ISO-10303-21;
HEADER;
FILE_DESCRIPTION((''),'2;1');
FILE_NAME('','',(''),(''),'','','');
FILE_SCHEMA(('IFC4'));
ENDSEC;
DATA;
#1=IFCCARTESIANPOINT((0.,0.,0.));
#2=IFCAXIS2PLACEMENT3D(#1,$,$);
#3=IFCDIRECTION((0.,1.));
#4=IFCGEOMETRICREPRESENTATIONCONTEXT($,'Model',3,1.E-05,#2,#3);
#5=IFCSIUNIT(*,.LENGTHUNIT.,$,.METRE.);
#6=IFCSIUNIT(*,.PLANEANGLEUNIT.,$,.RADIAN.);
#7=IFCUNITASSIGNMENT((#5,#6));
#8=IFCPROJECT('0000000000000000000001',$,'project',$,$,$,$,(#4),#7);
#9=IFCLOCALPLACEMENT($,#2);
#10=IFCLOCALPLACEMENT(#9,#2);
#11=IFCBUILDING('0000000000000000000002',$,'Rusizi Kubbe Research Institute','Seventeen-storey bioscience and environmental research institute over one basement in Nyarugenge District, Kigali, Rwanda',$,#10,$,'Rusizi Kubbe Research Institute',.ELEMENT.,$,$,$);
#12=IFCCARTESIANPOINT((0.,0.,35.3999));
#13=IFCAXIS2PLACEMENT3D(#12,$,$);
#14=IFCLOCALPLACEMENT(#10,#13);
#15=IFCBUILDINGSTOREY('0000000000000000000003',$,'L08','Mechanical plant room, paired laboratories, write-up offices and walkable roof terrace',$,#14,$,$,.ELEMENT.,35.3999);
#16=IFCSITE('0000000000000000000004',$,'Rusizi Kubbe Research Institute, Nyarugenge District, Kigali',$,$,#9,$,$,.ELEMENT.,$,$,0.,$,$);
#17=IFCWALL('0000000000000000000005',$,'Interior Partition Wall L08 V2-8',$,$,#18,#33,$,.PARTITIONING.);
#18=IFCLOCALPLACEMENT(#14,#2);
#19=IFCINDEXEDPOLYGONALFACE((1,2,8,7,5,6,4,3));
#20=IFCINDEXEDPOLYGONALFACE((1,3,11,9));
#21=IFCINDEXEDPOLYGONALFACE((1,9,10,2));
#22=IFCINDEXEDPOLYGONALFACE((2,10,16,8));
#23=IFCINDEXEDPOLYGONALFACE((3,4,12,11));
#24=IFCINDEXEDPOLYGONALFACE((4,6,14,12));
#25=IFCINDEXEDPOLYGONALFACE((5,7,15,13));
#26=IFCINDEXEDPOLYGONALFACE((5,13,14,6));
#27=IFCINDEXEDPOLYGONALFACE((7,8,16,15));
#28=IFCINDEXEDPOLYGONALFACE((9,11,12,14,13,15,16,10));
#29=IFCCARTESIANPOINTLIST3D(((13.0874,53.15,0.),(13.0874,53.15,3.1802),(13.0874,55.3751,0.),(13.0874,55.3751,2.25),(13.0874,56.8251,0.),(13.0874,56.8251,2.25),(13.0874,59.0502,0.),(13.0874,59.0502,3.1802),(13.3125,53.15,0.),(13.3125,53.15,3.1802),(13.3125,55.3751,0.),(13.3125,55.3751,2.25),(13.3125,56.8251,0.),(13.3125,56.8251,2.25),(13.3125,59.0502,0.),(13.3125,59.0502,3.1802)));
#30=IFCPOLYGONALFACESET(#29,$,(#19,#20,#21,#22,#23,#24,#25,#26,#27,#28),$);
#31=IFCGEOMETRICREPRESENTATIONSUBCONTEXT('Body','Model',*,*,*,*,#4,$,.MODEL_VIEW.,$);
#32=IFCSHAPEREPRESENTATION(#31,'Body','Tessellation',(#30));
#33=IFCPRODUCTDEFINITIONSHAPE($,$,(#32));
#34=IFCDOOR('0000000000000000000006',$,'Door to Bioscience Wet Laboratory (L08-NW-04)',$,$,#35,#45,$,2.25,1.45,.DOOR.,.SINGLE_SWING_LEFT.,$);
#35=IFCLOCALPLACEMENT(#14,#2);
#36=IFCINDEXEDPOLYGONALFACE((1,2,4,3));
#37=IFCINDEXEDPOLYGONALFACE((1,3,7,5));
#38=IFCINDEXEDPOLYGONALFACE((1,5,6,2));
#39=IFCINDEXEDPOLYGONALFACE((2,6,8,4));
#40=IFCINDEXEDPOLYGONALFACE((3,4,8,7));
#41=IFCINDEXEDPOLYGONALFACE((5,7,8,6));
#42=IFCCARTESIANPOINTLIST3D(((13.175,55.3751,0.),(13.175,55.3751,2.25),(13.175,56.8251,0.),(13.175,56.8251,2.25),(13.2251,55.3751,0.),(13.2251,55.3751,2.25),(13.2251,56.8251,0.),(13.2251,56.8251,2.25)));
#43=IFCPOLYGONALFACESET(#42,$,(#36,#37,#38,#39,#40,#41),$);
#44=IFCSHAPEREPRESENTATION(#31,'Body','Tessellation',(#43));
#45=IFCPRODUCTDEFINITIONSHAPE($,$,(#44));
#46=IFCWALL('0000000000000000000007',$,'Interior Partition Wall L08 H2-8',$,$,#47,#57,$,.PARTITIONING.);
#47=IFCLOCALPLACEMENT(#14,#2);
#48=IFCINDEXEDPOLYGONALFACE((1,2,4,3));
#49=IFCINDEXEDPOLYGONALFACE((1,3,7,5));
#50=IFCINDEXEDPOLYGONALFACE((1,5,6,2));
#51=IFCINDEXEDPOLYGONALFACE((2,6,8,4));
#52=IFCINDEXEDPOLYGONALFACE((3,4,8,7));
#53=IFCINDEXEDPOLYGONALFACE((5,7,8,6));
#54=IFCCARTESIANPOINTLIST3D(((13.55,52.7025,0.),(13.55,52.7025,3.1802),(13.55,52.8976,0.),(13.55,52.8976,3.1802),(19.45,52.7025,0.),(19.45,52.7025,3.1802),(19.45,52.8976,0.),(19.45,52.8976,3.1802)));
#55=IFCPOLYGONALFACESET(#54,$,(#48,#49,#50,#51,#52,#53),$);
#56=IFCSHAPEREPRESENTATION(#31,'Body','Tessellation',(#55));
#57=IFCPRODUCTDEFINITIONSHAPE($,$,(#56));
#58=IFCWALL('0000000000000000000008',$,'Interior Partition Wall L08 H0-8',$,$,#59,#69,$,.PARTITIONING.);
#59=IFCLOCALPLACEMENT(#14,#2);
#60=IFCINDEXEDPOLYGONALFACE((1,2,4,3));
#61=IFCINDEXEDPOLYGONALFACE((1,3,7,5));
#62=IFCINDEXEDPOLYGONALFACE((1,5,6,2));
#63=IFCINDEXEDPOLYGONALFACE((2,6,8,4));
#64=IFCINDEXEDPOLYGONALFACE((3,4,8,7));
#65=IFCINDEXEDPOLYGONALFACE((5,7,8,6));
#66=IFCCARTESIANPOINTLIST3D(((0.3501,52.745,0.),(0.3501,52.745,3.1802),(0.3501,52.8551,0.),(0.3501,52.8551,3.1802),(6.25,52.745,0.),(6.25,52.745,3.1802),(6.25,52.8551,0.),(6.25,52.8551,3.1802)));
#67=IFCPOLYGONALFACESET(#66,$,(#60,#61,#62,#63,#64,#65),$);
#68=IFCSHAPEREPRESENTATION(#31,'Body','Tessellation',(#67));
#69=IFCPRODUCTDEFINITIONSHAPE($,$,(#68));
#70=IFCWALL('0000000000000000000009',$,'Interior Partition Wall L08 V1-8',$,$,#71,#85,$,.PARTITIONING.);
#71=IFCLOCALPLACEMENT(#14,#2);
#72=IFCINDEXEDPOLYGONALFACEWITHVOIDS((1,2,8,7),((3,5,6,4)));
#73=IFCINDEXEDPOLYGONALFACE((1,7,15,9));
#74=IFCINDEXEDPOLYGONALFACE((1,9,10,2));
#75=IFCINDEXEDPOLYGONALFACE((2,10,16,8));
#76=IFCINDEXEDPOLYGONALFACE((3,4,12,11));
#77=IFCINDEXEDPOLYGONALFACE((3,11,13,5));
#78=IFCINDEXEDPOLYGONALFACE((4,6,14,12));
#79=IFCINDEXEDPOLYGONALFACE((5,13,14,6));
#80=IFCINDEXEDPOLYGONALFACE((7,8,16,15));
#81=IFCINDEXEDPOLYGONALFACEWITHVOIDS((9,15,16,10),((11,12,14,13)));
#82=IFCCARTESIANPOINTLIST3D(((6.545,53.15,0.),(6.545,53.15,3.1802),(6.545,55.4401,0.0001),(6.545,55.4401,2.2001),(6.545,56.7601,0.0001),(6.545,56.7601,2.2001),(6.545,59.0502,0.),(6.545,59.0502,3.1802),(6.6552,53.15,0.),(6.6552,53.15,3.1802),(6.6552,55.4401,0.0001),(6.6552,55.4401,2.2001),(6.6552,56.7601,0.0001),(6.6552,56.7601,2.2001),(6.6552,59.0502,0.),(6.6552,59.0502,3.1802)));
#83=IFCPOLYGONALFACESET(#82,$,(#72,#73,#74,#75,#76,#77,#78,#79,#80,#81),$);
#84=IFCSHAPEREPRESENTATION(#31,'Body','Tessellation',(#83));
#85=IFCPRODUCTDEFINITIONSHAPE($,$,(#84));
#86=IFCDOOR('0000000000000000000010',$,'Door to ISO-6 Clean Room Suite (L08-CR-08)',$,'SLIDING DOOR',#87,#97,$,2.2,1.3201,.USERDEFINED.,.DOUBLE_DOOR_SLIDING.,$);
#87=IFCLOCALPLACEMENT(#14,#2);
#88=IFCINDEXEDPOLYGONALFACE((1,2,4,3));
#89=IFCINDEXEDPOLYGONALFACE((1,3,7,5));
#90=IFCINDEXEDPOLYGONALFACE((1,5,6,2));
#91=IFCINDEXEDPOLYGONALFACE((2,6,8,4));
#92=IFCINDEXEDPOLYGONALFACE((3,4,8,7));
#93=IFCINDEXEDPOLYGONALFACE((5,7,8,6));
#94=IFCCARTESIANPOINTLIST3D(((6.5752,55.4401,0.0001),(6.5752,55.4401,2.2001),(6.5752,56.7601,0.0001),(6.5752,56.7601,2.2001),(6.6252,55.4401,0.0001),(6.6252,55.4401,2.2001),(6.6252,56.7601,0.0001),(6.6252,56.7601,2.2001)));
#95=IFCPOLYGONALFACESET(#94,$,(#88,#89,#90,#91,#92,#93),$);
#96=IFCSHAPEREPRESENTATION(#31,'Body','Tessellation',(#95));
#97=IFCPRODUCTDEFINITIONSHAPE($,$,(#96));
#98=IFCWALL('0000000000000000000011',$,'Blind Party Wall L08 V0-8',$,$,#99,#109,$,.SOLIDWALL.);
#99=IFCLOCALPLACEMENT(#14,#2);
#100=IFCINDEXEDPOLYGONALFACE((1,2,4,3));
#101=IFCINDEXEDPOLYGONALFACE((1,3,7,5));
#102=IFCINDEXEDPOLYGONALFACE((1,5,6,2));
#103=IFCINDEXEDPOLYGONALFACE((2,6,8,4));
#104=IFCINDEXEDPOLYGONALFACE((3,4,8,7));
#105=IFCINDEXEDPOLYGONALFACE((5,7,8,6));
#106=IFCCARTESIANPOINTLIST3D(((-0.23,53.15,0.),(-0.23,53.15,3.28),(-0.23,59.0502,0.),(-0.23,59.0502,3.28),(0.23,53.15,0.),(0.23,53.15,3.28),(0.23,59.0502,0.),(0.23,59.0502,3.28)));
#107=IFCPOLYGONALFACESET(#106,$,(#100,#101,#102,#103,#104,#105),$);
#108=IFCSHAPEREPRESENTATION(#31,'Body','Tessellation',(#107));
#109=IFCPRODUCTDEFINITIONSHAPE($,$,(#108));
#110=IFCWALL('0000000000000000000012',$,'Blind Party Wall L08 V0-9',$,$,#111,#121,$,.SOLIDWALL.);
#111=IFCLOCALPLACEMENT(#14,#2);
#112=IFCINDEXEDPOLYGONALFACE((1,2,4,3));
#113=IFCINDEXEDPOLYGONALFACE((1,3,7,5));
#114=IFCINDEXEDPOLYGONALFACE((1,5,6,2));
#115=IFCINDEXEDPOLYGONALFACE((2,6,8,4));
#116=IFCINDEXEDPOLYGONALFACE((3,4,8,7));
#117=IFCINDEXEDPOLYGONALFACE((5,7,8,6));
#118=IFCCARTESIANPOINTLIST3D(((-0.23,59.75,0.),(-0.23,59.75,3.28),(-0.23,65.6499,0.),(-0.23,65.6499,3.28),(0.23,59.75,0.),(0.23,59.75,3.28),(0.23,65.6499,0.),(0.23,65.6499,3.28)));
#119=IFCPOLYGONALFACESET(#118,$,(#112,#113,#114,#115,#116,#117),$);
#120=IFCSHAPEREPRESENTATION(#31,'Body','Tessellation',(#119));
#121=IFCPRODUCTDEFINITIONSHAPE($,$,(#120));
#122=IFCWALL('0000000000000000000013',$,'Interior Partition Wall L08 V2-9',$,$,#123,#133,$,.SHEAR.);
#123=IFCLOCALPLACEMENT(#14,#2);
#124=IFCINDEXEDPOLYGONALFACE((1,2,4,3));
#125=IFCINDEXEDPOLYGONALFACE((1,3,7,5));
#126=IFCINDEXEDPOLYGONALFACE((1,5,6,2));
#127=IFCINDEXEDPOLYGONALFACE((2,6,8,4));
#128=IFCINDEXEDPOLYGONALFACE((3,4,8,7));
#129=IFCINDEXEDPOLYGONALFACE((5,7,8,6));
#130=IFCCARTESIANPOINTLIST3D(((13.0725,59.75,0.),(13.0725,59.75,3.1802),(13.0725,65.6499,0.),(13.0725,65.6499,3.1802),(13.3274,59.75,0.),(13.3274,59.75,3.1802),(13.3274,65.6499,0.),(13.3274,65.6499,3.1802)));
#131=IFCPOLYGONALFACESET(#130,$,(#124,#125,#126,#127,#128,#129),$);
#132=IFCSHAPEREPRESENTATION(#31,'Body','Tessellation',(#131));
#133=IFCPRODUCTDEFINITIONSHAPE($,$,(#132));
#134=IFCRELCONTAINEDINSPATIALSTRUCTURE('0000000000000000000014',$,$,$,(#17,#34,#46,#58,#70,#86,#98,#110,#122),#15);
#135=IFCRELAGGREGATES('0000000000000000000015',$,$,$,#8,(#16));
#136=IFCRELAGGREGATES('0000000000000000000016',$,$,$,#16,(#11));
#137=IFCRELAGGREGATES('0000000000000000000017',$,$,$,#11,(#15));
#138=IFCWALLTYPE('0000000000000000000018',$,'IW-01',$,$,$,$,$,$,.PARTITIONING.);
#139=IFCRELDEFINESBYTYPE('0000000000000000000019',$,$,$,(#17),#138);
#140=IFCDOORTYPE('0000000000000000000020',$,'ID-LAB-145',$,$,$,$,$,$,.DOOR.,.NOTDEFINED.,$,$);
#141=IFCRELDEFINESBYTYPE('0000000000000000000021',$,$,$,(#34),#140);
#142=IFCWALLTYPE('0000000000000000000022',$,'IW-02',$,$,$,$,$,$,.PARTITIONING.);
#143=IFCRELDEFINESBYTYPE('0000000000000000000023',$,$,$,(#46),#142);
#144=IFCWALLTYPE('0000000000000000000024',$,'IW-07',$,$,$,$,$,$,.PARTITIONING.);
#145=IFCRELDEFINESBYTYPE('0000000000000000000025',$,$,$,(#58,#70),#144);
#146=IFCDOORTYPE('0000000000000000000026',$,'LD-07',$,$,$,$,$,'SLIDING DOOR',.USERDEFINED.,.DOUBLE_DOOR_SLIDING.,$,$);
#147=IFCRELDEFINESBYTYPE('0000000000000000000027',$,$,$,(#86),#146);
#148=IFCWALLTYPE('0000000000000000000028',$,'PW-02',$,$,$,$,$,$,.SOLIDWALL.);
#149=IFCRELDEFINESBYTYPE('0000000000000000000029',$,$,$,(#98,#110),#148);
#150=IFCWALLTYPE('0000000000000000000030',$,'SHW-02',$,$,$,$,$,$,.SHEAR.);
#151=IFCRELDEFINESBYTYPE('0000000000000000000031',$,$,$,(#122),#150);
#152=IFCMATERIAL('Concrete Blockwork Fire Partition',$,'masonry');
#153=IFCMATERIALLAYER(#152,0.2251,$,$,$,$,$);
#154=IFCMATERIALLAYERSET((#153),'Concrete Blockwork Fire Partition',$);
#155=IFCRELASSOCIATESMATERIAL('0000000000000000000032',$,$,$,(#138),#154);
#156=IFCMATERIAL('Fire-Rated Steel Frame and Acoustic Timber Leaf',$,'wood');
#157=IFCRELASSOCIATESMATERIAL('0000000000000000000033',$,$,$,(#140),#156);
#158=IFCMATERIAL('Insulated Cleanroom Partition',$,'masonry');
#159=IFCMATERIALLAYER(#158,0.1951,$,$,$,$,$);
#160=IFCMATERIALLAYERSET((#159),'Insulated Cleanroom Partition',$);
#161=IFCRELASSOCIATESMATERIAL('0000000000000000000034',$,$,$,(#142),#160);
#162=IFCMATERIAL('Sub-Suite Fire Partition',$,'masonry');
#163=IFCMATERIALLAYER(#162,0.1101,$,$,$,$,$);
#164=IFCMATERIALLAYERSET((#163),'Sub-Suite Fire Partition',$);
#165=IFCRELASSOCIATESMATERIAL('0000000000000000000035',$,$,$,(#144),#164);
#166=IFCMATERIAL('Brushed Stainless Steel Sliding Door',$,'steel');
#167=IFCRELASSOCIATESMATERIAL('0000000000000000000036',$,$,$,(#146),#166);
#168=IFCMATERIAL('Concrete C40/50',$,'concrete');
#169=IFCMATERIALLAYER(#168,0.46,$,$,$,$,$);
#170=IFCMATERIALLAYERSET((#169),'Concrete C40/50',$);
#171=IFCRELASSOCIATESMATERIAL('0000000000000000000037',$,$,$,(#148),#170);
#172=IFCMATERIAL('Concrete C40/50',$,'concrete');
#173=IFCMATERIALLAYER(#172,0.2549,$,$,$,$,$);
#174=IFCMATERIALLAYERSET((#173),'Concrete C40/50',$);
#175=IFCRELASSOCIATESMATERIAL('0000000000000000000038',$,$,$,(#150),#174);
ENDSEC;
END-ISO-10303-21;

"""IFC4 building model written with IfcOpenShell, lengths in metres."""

from ifc_helpers import new_model, si_unit, direction, frame, frame_2d, origin, place, context, subcontext, project, spatial, rectangle, extrude, material, layer, layer_set, type_object, element, fill, save


model = new_model("IFC4")

# Units and contexts
model_context = context("Model", 3, precision=1e-05, world=origin(), true_north=direction((0.0, 1.0)))
body_context = subcontext(model_context, "Body", "Model", "MODEL_VIEW")
ifc_project = project(units=[si_unit("LENGTHUNIT", "METRE"), si_unit("PLANEANGLEUNIT", "RADIAN")], contexts=[model_context])

# Site, building, storey
site_placement = place(None, origin())
site = spatial("IfcSite", under=ifc_project, at=site_placement, Name="Rusizi Kubbe Research Institute, Nyarugenge District, Kigali", CompositionType="ELEMENT", RefElevation=0.0)
building_placement = place(site_placement, origin())
building = spatial("IfcBuilding", under=site, at=building_placement, Name="Rusizi Kubbe Research Institute", Description="Seventeen-storey bioscience and environmental research institute over one basement in Nyarugenge District, Kigali, Rwanda", LongName="Rusizi Kubbe Research Institute", CompositionType="ELEMENT")
storey_placement = place(building_placement, frame((0.0, 0.0, 35.3999)))
storey = spatial("IfcBuildingStorey", under=building, at=storey_placement, Name="L08", Description="Mechanical plant room, paired laboratories, write-up offices and walkable roof terrace", CompositionType="ELEMENT", Elevation=35.3999)

# Shared definitions
ifc_material_1 = material(Name="Concrete Blockwork Fire Partition", Category="masonry")
ifc_layer_1 = layer(ifc_material_1, 0.2251)
ifc_layer_set_1 = layer_set([ifc_layer_1], Name="Concrete Blockwork Fire Partition")
wall_type_1 = type_object("IfcWallType", Name="IW-01", PredefinedType="PARTITIONING", material=ifc_layer_set_1)

# Wall, opening, door
wall_1_placement = place(storey_placement, frame((13.2, 53.1499, 0.0), z_axis=(0.0, 0.0, 1.0), x_axis=(0.0, 1.0, 0.0)))
wall_1 = element("IfcWall", 1, at=wall_1_placement, inside=storey, type_object=wall_type_1, Name="Interior Partition Wall L08 V2-8", PredefinedType="PARTITIONING", context=body_context, shape_type="SweptSolid", body=[
    extrude(rectangle(XDim=5.9001, YDim=0.2251, at=frame_2d((2.9502, 0.0))), origin(), (0.0, 0.0, 1.0), 3.1802),
])
opening_1_placement = place(wall_1_placement, frame((2.2251, 0.0, 0.0)))
opening_1 = element("IfcOpeningElement", 2, at=opening_1_placement, cuts=wall_1, PredefinedType="OPENING", context=body_context, shape_type="SweptSolid", body=[
    extrude(rectangle(XDim=1.45, YDim=2.25, at=frame_2d((0.7251, 1.125))), frame((0.0, 0.1226, 0.0), z_axis=(0.0, -1.0, 0.0), x_axis=(1.0, 0.0, 0.0)), (0.0, 0.0, 1.0), 0.2451),
])
ifc_material_2 = material(Name="Fire-Rated Steel Frame and Acoustic Timber Leaf", Category="wood")
door_type_1 = type_object("IfcDoorType", Name="ID-LAB-145", OperationType="NOTDEFINED", PredefinedType="DOOR", material=ifc_material_2)
door_1_placement = place(opening_1_placement, origin())
door_1 = element("IfcDoor", 3, at=door_1_placement, inside=storey, type_object=door_type_1, Name="Door to Bioscience Wet Laboratory (L08-NW-04)", OperationType="SINGLE_SWING_LEFT", OverallHeight=2.25, OverallWidth=1.45, PredefinedType="DOOR", context=body_context, shape_type="SweptSolid", body=[
    extrude(rectangle(XDim=1.45, YDim=2.25, at=frame_2d((0.7251, 1.125))), frame((0.0, 0.0249, 0.0), z_axis=(0.0, -1.0, 0.0), x_axis=(1.0, 0.0, 0.0)), (0.0, 0.0, 1.0), 0.05),
])
fill(opening_1, door_1)

# Walls
ifc_material_3 = material(Name="Insulated Cleanroom Partition", Category="masonry")
ifc_layer_2 = layer(ifc_material_3, 0.1951)
ifc_layer_set_2 = layer_set([ifc_layer_2], Name="Insulated Cleanroom Partition")
wall_type_2 = type_object("IfcWallType", Name="IW-02", PredefinedType="PARTITIONING", material=ifc_layer_set_2)
wall_2_placement = place(storey_placement, frame((13.55, 52.8, 0.0), z_axis=(0.0, 0.0, 1.0), x_axis=(1.0, 0.0, 0.0)))
element("IfcWall", 4, at=wall_2_placement, inside=storey, type_object=wall_type_2, Name="Interior Partition Wall L08 H2-8", PredefinedType="PARTITIONING", context=body_context, shape_type="SweptSolid", body=[
    extrude(rectangle(XDim=5.8999, YDim=0.1951, at=frame_2d((2.95, 0.0))), origin(), (0.0, 0.0, 1.0), 3.1802),
])
ifc_material_4 = material(Name="Sub-Suite Fire Partition", Category="masonry")
ifc_layer_3 = layer(ifc_material_4, 0.1101)
ifc_layer_set_3 = layer_set([ifc_layer_3], Name="Sub-Suite Fire Partition")
wall_type_3 = type_object("IfcWallType", Name="IW-07", PredefinedType="PARTITIONING", material=ifc_layer_set_3)
wall_3_placement = place(storey_placement, frame((0.3501, 52.8, 0.0), z_axis=(0.0, 0.0, 1.0), x_axis=(1.0, 0.0, 0.0)))
element("IfcWall", 5, at=wall_3_placement, inside=storey, type_object=wall_type_3, Name="Interior Partition Wall L08 H0-8", PredefinedType="PARTITIONING", context=body_context, shape_type="SweptSolid", body=[
    extrude(rectangle(XDim=5.8999, YDim=0.1101, at=frame_2d((2.95, 0.0))), origin(), (0.0, 0.0, 1.0), 3.1802),
])

# Wall, opening, door
wall_4_placement = place(storey_placement, frame((6.6001, 53.1499, 0.0), z_axis=(0.0, 0.0, 1.0), x_axis=(0.0, 1.0, 0.0)))
wall_4 = element("IfcWall", 6, at=wall_4_placement, inside=storey, type_object=wall_type_3, Name="Interior Partition Wall L08 V1-8", PredefinedType="PARTITIONING", context=body_context, shape_type="SweptSolid", body=[
    extrude(rectangle(XDim=5.9001, YDim=0.1101, at=frame_2d((2.9502, 0.0))), origin(), (0.0, 0.0, 1.0), 3.1802),
])
opening_2_placement = place(wall_4_placement, frame((2.29, 0.0, 0.0)))
opening_2 = element("IfcOpeningElement", 7, at=opening_2_placement, cuts=wall_4, PredefinedType="OPENING", context=body_context, shape_type="SweptSolid", body=[
    extrude(rectangle(XDim=1.3201, YDim=2.2, at=frame_2d((0.6602, 1.1001))), frame((0.0, 0.0649, 0.0), z_axis=(0.0, -1.0, 0.0), x_axis=(1.0, 0.0, 0.0)), (0.0, 0.0, 1.0), 0.1301),
])
ifc_material_5 = material(Name="Brushed Stainless Steel Sliding Door", Category="steel")
door_type_2 = type_object("IfcDoorType", Name="LD-07", ElementType="SLIDING DOOR", OperationType="DOUBLE_DOOR_SLIDING", PredefinedType="USERDEFINED", material=ifc_material_5)
door_2_placement = place(opening_2_placement, origin())
door_2 = element("IfcDoor", 8, at=door_2_placement, inside=storey, type_object=door_type_2, Name="Door to ISO-6 Clean Room Suite (L08-CR-08)", ObjectType="SLIDING DOOR", OperationType="DOUBLE_DOOR_SLIDING", OverallHeight=2.2, OverallWidth=1.3201, PredefinedType="USERDEFINED", context=body_context, shape_type="SweptSolid", body=[
    extrude(rectangle(XDim=1.3201, YDim=2.2, at=frame_2d((0.6602, 1.1001))), frame((0.0, 0.0249, 0.0), z_axis=(0.0, -1.0, 0.0), x_axis=(1.0, 0.0, 0.0)), (0.0, 0.0, 1.0), 0.05),
])
fill(opening_2, door_2)

# Walls
ifc_material_6 = material(Name="Concrete C40/50", Category="concrete")
ifc_layer_4 = layer(ifc_material_6, 0.46)
ifc_layer_set_4 = layer_set([ifc_layer_4], Name="Concrete C40/50")
wall_type_4 = type_object("IfcWallType", Name="PW-02", PredefinedType="SOLIDWALL", material=ifc_layer_set_4)
wall_5_placement = place(storey_placement, frame((0.0, 53.1499, 0.0), z_axis=(0.0, 0.0, 1.0), x_axis=(0.0, 1.0, 0.0)))
element("IfcWall", 9, at=wall_5_placement, inside=storey, type_object=wall_type_4, Name="Blind Party Wall L08 V0-8", PredefinedType="SOLIDWALL", context=body_context, shape_type="SweptSolid", body=[
    extrude(rectangle(XDim=5.9001, YDim=0.46, at=frame_2d((2.9502, 0.0))), origin(), (0.0, 0.0, 1.0), 3.28),
])
wall_6_placement = place(storey_placement, frame((0.0, 59.75, 0.0), z_axis=(0.0, 0.0, 1.0), x_axis=(0.0, 1.0, 0.0)))
element("IfcWall", 10, at=wall_6_placement, inside=storey, type_object=wall_type_4, Name="Blind Party Wall L08 V0-9", PredefinedType="SOLIDWALL", context=body_context, shape_type="SweptSolid", body=[
    extrude(rectangle(XDim=5.8999, YDim=0.46, at=frame_2d((2.95, 0.0))), origin(), (0.0, 0.0, 1.0), 3.28),
])
ifc_material_7 = material(Name="Concrete C40/50", Category="concrete")
ifc_layer_5 = layer(ifc_material_7, 0.2549)
ifc_layer_set_5 = layer_set([ifc_layer_5], Name="Concrete C40/50")
wall_type_5 = type_object("IfcWallType", Name="SHW-02", PredefinedType="SHEAR", material=ifc_layer_set_5)
wall_7_placement = place(storey_placement, frame((13.2, 59.75, 0.0), z_axis=(0.0, 0.0, 1.0), x_axis=(0.0, 1.0, 0.0)))
element("IfcWall", 11, at=wall_7_placement, inside=storey, type_object=wall_type_5, Name="Interior Partition Wall L08 V2-9", PredefinedType="SHEAR", context=body_context, shape_type="SweptSolid", body=[
    extrude(rectangle(XDim=5.8999, YDim=0.2549, at=frame_2d((2.95, 0.0))), origin(), (0.0, 0.0, 1.0), 3.1802),
])

save(model, "model.ifc")
